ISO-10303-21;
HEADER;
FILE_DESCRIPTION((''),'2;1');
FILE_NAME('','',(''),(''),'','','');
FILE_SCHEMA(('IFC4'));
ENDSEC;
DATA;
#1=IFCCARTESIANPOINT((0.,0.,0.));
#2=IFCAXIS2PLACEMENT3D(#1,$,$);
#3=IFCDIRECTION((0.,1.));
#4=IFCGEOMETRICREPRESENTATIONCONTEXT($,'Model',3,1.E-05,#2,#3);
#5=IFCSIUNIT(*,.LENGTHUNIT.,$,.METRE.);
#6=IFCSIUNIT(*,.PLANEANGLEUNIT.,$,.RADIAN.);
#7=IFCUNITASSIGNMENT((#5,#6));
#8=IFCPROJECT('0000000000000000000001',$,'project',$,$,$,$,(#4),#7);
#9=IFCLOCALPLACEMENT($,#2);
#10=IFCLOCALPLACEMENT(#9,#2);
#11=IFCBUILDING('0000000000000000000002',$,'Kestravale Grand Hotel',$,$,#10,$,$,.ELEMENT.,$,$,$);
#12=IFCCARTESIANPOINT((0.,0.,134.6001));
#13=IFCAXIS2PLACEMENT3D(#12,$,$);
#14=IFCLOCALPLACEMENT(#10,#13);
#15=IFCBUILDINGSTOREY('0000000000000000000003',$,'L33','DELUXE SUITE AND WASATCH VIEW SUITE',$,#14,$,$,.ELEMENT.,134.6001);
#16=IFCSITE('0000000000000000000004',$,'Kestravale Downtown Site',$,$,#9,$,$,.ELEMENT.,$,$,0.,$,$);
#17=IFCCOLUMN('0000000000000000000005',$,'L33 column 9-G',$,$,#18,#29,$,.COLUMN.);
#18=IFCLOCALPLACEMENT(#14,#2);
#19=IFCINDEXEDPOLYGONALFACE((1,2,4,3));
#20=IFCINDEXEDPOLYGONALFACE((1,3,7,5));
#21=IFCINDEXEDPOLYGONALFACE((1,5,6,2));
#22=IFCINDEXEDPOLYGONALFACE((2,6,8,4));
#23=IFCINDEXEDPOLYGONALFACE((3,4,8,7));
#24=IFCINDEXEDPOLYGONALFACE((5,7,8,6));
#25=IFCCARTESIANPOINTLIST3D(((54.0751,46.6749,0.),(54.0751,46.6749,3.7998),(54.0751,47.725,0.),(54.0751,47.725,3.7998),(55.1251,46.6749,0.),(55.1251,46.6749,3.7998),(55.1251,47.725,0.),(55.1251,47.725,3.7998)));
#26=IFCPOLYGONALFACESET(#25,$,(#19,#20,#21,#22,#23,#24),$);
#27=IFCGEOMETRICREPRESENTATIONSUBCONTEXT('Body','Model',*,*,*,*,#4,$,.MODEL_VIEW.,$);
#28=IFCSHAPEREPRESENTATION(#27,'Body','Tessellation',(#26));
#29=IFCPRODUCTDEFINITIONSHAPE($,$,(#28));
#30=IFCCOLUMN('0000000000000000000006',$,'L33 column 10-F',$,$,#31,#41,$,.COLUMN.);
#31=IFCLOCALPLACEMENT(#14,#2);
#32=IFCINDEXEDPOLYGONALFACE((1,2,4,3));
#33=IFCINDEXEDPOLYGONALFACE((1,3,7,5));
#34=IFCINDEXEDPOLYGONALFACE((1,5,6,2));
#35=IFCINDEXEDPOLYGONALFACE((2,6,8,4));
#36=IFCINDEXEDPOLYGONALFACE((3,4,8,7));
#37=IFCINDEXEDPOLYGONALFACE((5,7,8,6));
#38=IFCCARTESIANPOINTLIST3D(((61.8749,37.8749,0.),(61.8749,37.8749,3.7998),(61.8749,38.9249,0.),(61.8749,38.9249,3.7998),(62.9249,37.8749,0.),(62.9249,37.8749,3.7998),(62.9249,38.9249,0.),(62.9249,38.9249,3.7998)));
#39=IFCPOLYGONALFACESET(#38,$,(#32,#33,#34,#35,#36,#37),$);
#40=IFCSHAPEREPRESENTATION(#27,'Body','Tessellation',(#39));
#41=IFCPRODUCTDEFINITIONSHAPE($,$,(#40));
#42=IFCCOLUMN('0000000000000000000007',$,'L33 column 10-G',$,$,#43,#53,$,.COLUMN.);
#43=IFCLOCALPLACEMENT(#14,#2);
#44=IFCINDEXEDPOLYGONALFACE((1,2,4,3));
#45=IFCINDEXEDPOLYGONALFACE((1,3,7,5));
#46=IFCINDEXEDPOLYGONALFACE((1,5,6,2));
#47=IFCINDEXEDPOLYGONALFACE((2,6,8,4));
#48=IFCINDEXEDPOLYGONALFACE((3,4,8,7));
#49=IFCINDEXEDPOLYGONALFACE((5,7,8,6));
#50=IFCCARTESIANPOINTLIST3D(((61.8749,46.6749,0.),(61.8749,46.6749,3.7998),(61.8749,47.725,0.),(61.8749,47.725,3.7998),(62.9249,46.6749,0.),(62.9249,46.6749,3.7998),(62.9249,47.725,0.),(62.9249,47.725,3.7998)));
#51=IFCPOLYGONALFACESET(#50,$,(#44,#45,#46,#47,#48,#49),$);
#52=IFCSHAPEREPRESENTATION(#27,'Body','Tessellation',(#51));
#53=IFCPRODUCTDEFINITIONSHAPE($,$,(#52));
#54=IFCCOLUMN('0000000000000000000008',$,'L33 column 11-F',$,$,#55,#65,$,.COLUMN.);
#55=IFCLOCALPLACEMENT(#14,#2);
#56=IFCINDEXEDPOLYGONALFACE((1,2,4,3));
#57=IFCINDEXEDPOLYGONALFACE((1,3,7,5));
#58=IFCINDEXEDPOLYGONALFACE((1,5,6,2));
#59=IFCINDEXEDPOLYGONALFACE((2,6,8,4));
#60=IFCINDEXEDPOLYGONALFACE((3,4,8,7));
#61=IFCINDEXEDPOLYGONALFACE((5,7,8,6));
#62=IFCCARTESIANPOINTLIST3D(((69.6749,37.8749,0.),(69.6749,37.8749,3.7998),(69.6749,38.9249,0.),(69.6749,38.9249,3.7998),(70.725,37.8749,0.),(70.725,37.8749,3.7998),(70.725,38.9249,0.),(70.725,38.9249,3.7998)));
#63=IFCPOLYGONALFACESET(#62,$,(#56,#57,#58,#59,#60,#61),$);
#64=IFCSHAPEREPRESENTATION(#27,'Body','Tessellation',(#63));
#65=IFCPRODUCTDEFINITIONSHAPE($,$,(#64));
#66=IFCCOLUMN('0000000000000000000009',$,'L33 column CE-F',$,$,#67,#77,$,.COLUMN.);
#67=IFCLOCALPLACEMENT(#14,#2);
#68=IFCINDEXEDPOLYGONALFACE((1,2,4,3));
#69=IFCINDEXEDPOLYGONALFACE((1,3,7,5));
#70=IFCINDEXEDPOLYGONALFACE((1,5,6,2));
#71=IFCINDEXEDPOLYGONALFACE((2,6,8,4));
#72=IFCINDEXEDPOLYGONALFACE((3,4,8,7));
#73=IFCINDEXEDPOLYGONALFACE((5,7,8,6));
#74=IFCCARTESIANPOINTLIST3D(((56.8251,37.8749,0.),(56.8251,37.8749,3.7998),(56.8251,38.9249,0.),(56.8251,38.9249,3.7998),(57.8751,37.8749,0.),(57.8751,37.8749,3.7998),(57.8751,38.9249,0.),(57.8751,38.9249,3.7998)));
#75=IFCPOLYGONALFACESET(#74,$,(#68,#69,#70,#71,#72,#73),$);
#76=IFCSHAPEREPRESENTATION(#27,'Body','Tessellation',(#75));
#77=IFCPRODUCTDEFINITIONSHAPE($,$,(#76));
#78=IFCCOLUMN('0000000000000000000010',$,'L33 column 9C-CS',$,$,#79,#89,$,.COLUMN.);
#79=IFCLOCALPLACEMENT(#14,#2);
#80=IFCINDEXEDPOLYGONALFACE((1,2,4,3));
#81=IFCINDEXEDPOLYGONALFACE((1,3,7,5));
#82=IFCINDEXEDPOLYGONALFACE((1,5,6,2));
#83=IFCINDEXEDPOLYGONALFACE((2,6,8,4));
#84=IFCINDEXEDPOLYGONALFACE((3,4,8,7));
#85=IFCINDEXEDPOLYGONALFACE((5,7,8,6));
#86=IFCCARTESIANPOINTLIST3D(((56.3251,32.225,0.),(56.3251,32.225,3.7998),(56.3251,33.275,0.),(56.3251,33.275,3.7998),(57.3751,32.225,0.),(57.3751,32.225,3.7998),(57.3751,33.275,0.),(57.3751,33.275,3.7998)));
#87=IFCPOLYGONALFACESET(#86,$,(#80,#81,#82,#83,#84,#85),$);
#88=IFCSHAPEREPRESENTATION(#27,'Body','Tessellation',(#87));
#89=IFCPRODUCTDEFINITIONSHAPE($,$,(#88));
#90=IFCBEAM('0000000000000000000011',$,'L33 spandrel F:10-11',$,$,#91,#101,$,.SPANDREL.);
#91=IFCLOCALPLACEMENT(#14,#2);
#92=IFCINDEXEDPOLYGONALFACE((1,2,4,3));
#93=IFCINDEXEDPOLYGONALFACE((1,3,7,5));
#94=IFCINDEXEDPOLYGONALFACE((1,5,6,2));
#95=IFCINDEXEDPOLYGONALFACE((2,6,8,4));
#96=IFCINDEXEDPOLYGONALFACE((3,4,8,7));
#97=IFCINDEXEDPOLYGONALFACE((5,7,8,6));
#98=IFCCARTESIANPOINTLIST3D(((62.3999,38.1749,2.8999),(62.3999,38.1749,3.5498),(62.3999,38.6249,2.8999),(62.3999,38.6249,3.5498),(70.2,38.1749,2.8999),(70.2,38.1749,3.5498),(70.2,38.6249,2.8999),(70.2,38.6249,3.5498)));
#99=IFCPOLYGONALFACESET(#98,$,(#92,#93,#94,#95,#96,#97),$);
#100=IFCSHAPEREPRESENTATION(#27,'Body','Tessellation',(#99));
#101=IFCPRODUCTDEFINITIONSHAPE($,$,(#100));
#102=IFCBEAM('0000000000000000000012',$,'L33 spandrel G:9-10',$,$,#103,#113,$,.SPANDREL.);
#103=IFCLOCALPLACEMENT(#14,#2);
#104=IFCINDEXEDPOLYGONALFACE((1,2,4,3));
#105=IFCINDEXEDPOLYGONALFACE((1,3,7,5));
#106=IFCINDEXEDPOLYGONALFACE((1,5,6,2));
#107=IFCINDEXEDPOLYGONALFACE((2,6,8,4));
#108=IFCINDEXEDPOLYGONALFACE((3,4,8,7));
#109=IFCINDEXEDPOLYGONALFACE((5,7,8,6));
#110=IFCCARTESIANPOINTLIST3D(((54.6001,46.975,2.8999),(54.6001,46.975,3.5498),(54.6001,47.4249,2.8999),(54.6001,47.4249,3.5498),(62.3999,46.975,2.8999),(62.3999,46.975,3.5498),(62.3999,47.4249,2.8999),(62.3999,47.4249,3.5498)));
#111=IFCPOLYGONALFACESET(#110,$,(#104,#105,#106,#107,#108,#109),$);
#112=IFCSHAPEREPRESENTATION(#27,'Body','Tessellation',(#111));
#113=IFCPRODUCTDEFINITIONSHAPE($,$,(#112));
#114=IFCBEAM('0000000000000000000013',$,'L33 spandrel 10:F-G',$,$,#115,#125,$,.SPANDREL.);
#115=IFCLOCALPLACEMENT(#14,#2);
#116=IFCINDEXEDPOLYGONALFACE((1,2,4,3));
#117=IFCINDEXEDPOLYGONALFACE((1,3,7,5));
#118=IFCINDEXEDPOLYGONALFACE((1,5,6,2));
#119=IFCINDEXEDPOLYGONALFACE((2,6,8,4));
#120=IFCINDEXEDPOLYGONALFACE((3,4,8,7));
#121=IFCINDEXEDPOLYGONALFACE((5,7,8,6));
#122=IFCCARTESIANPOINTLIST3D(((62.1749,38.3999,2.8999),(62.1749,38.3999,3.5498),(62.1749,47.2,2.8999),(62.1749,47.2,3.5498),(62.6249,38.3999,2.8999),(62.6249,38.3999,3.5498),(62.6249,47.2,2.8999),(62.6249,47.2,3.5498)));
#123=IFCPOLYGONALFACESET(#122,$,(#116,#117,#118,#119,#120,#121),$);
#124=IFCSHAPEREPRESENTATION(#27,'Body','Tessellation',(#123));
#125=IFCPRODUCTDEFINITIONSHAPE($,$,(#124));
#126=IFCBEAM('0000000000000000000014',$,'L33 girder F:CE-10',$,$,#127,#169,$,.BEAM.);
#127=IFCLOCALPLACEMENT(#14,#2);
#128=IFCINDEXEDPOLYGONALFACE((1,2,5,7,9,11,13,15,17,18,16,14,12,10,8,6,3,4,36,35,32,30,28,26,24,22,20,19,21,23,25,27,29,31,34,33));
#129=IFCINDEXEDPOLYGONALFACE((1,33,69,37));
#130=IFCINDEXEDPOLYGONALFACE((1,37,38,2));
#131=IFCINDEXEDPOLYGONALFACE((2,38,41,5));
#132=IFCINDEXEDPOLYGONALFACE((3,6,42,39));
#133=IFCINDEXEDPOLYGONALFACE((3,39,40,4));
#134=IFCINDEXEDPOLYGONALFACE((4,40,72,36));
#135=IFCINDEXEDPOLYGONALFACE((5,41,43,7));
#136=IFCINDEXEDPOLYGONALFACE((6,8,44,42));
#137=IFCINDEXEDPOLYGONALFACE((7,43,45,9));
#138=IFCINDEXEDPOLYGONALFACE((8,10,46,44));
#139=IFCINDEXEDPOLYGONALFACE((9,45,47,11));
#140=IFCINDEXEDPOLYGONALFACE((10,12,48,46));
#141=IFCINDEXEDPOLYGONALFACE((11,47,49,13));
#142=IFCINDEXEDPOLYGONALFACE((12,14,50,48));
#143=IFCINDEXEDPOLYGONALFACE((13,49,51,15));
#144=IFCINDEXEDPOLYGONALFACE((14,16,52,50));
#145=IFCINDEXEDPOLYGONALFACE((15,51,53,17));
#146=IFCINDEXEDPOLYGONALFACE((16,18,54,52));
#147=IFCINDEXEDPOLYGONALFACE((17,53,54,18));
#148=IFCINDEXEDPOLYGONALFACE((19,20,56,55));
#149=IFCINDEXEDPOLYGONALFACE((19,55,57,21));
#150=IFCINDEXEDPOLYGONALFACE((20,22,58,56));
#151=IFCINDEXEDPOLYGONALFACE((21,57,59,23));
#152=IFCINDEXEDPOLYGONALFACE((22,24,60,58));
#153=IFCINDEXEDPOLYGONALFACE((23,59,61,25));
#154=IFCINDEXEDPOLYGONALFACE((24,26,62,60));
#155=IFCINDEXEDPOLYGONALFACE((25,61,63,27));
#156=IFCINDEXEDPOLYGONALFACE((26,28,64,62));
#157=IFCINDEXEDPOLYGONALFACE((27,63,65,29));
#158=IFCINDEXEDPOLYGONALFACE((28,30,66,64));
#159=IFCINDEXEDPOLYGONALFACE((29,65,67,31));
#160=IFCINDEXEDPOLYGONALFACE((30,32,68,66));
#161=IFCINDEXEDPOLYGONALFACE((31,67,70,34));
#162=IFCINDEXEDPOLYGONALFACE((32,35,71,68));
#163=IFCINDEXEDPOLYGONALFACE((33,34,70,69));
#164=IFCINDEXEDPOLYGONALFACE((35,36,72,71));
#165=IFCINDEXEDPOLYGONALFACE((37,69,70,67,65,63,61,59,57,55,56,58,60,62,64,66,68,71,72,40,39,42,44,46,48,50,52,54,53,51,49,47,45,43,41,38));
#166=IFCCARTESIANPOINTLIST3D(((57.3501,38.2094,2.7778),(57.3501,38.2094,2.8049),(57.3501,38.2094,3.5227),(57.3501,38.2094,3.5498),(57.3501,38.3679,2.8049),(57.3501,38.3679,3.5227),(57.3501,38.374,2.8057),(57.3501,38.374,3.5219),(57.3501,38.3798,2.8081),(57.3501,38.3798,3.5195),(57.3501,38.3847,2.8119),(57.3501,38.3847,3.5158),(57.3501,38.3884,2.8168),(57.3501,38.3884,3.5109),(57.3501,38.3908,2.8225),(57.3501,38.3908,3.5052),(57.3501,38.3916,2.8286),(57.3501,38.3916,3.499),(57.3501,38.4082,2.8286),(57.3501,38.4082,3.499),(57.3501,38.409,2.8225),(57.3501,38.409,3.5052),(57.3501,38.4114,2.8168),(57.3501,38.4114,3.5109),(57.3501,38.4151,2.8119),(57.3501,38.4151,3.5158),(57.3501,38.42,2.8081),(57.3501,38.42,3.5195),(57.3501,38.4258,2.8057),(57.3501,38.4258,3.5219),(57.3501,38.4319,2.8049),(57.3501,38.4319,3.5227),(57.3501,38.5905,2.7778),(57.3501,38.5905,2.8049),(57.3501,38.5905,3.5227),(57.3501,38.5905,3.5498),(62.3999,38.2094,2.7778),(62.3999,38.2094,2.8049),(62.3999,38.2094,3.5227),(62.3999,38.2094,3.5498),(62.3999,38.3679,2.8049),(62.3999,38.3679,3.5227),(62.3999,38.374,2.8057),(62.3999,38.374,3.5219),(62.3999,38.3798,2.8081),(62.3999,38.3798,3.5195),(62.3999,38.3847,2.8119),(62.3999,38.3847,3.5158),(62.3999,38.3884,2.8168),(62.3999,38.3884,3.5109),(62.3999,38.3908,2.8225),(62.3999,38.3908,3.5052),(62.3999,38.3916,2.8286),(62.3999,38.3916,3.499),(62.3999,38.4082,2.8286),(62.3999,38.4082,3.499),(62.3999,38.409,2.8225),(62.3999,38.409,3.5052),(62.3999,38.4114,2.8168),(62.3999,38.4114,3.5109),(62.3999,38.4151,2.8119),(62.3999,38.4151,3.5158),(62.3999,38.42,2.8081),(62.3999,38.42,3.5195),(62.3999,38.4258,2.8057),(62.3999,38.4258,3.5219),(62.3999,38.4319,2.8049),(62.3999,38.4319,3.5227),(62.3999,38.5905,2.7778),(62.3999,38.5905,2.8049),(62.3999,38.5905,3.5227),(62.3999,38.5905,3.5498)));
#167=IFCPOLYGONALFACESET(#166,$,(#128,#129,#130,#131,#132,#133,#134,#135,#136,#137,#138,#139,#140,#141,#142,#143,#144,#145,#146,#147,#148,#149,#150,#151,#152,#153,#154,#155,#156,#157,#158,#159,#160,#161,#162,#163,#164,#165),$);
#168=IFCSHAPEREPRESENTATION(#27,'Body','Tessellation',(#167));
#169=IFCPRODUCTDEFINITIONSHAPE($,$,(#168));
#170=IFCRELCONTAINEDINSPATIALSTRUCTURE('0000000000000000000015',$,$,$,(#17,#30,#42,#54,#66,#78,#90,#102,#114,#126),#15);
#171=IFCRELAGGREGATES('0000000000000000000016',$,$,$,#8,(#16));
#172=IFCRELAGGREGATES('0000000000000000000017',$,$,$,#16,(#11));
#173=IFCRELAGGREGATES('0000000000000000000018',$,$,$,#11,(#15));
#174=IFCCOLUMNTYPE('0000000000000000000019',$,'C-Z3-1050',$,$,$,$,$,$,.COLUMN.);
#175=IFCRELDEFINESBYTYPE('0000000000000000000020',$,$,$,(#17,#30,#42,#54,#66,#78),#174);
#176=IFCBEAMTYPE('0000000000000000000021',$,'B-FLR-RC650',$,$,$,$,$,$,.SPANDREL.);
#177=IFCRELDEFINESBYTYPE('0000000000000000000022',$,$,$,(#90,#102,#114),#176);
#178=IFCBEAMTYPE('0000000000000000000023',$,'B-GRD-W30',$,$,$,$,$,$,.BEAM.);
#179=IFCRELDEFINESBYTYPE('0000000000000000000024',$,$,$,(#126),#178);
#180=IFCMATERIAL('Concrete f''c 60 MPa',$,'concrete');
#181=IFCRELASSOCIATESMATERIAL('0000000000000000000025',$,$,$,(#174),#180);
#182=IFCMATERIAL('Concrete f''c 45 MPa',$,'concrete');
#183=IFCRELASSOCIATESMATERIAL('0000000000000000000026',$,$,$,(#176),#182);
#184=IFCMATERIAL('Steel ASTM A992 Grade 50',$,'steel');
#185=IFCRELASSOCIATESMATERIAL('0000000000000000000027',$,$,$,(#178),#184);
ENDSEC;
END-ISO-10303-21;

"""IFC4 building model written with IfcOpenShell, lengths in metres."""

from ifc_helpers import new_model, si_unit, direction, frame, origin, origin_2d, place, context, subcontext, project, spatial, rectangle, i_section, extrude, material, material_profile, profile_set, type_object, element, save


model = new_model("IFC4")

# Units and contexts
model_context = context("Model", 3, precision=1e-05, world=origin(), true_north=direction((0.0, 1.0)))
body_context = subcontext(model_context, "Body", "Model", "MODEL_VIEW")
ifc_project = project(units=[si_unit("LENGTHUNIT", "METRE"), si_unit("PLANEANGLEUNIT", "RADIAN")], contexts=[model_context])

# Site, building, storey
site_placement = place(None, origin())
site = spatial("IfcSite", under=ifc_project, at=site_placement, Name="Kestravale Downtown Site", CompositionType="ELEMENT", RefElevation=0.0)
building_placement = place(site_placement, origin())
building = spatial("IfcBuilding", under=site, at=building_placement, Name="Kestravale Grand Hotel", CompositionType="ELEMENT")
storey_placement = place(building_placement, frame((0.0, 0.0, 134.6001)))
storey = spatial("IfcBuildingStorey", under=building, at=storey_placement, Name="L33", Description="DELUXE SUITE AND WASATCH VIEW SUITE", CompositionType="ELEMENT", Elevation=134.6001)

# Columns
ifc_material_1 = material(Name="Concrete f'c 60 MPa", Category="concrete")
ifc_material_profile_1 = material_profile(ifc_material_1, rectangle(XDim=1.05, YDim=1.05, at=origin_2d()))
ifc_profile_set_1 = profile_set([ifc_material_profile_1], Name="Concrete f'c 60 MPa")
column_type = type_object("IfcColumnType", Name="C-Z3-1050", PredefinedType="COLUMN", material=ifc_profile_set_1)
for number, where, z_axis, x_axis, name in (
    (1, (54.6001, 47.2, 0.0), (0.0, 0.0, 1.0), (1.0, 0.0, 0.0), "L33 column 9-G"),
    (2, (62.3999, 38.3999, 0.0), (0.0, 0.0, 1.0), (1.0, 0.0, 0.0), "L33 column 10-F"),
    (3, (62.3999, 47.2, 0.0), (0.0, 0.0, 1.0), (1.0, 0.0, 0.0), "L33 column 10-G"),
    (4, (70.2, 38.3999, 0.0), (0.0, 0.0, 1.0), (1.0, 0.0, 0.0), "L33 column 11-F"),
    (5, (57.3501, 38.3999, 0.0), (0.0, 0.0, 1.0), (1.0, 0.0, 0.0), "L33 column CE-F"),
    (6, (56.8501, 32.75, 0.0), (0.0, 0.0, 1.0), (1.0, 0.0, 0.0), "L33 column 9C-CS"),
):
    element("IfcColumn", number, at=place(storey_placement, frame(where, z_axis=z_axis, x_axis=x_axis)), inside=storey, type_object=column_type, Name=name, PredefinedType="COLUMN", context=body_context, shape_type="SweptSolid", body=[
        extrude(rectangle(XDim=1.05, YDim=1.05, at=origin_2d()), origin(), (0.0, 0.0, 1.0), 3.7998),
    ])

# Beams
ifc_material_2 = material(Name="Concrete f'c 45 MPa", Category="concrete")
ifc_material_profile_2 = material_profile(ifc_material_2, rectangle(XDim=0.45, YDim=0.6499, at=origin_2d()))
ifc_profile_set_2 = profile_set([ifc_material_profile_2], Name="Concrete f'c 45 MPa")
beam_type_1 = type_object("IfcBeamType", Name="B-FLR-RC650", PredefinedType="SPANDREL", material=ifc_profile_set_2)
beam_1_placement = place(storey_placement, frame((62.3999, 38.3999, 3.2249), z_axis=(1.0, 0.0, 0.0), x_axis=(0.0, 1.0, 0.0)))
element("IfcBeam", 7, at=beam_1_placement, inside=storey, type_object=beam_type_1, Name="L33 spandrel F:10-11", PredefinedType="SPANDREL", context=body_context, shape_type="SweptSolid", body=[
    extrude(rectangle(XDim=0.45, YDim=0.6499, at=origin_2d()), origin(), (0.0, 0.0, 1.0), 7.8),
])
beam_2_placement = place(storey_placement, frame((54.6001, 47.2, 3.2249), z_axis=(1.0, 0.0, 0.0), x_axis=(0.0, 1.0, 0.0)))
element("IfcBeam", 8, at=beam_2_placement, inside=storey, type_object=beam_type_1, Name="L33 spandrel G:9-10", PredefinedType="SPANDREL", context=body_context, shape_type="SweptSolid", body=[
    extrude(rectangle(XDim=0.45, YDim=0.6499, at=origin_2d()), origin(), (0.0, 0.0, 1.0), 7.7998),
])
beam_3_placement = place(storey_placement, frame((62.3999, 38.3999, 3.2249), z_axis=(0.0, 1.0, 0.0), x_axis=(-1.0, 0.0, 0.0)))
element("IfcBeam", 9, at=beam_3_placement, inside=storey, type_object=beam_type_1, Name="L33 spandrel 10:F-G", PredefinedType="SPANDREL", context=body_context, shape_type="SweptSolid", body=[
    extrude(rectangle(XDim=0.45, YDim=0.6499, at=origin_2d()), origin(), (0.0, 0.0, 1.0), 8.8),
])
ifc_material_3 = material(Name="Steel ASTM A992 Grade 50", Category="steel")
ifc_material_profile_3 = material_profile(ifc_material_3, i_section(OverallWidth=0.3811, OverallDepth=0.772, WebThickness=0.0166, FlangeThickness=0.0271, FilletRadius=0.0237, at=origin_2d()))
ifc_profile_set_3 = profile_set([ifc_material_profile_3], Name="Steel ASTM A992 Grade 50")
beam_type_2 = type_object("IfcBeamType", Name="B-GRD-W30", PredefinedType="BEAM", material=ifc_profile_set_3)
beam_4_placement = place(storey_placement, frame((57.3501, 38.3999, 3.1638), z_axis=(1.0, 0.0, 0.0), x_axis=(0.0, 1.0, 0.0)))
element("IfcBeam", 10, at=beam_4_placement, inside=storey, type_object=beam_type_2, Name="L33 girder F:CE-10", PredefinedType="BEAM", context=body_context, shape_type="SweptSolid", body=[
    extrude(i_section(OverallWidth=0.3811, OverallDepth=0.772, WebThickness=0.0166, FlangeThickness=0.0271, FilletRadius=0.0237, at=origin_2d()), origin(), (0.0, 0.0, 1.0), 5.0498),
])

save(model, "model.ifc")
